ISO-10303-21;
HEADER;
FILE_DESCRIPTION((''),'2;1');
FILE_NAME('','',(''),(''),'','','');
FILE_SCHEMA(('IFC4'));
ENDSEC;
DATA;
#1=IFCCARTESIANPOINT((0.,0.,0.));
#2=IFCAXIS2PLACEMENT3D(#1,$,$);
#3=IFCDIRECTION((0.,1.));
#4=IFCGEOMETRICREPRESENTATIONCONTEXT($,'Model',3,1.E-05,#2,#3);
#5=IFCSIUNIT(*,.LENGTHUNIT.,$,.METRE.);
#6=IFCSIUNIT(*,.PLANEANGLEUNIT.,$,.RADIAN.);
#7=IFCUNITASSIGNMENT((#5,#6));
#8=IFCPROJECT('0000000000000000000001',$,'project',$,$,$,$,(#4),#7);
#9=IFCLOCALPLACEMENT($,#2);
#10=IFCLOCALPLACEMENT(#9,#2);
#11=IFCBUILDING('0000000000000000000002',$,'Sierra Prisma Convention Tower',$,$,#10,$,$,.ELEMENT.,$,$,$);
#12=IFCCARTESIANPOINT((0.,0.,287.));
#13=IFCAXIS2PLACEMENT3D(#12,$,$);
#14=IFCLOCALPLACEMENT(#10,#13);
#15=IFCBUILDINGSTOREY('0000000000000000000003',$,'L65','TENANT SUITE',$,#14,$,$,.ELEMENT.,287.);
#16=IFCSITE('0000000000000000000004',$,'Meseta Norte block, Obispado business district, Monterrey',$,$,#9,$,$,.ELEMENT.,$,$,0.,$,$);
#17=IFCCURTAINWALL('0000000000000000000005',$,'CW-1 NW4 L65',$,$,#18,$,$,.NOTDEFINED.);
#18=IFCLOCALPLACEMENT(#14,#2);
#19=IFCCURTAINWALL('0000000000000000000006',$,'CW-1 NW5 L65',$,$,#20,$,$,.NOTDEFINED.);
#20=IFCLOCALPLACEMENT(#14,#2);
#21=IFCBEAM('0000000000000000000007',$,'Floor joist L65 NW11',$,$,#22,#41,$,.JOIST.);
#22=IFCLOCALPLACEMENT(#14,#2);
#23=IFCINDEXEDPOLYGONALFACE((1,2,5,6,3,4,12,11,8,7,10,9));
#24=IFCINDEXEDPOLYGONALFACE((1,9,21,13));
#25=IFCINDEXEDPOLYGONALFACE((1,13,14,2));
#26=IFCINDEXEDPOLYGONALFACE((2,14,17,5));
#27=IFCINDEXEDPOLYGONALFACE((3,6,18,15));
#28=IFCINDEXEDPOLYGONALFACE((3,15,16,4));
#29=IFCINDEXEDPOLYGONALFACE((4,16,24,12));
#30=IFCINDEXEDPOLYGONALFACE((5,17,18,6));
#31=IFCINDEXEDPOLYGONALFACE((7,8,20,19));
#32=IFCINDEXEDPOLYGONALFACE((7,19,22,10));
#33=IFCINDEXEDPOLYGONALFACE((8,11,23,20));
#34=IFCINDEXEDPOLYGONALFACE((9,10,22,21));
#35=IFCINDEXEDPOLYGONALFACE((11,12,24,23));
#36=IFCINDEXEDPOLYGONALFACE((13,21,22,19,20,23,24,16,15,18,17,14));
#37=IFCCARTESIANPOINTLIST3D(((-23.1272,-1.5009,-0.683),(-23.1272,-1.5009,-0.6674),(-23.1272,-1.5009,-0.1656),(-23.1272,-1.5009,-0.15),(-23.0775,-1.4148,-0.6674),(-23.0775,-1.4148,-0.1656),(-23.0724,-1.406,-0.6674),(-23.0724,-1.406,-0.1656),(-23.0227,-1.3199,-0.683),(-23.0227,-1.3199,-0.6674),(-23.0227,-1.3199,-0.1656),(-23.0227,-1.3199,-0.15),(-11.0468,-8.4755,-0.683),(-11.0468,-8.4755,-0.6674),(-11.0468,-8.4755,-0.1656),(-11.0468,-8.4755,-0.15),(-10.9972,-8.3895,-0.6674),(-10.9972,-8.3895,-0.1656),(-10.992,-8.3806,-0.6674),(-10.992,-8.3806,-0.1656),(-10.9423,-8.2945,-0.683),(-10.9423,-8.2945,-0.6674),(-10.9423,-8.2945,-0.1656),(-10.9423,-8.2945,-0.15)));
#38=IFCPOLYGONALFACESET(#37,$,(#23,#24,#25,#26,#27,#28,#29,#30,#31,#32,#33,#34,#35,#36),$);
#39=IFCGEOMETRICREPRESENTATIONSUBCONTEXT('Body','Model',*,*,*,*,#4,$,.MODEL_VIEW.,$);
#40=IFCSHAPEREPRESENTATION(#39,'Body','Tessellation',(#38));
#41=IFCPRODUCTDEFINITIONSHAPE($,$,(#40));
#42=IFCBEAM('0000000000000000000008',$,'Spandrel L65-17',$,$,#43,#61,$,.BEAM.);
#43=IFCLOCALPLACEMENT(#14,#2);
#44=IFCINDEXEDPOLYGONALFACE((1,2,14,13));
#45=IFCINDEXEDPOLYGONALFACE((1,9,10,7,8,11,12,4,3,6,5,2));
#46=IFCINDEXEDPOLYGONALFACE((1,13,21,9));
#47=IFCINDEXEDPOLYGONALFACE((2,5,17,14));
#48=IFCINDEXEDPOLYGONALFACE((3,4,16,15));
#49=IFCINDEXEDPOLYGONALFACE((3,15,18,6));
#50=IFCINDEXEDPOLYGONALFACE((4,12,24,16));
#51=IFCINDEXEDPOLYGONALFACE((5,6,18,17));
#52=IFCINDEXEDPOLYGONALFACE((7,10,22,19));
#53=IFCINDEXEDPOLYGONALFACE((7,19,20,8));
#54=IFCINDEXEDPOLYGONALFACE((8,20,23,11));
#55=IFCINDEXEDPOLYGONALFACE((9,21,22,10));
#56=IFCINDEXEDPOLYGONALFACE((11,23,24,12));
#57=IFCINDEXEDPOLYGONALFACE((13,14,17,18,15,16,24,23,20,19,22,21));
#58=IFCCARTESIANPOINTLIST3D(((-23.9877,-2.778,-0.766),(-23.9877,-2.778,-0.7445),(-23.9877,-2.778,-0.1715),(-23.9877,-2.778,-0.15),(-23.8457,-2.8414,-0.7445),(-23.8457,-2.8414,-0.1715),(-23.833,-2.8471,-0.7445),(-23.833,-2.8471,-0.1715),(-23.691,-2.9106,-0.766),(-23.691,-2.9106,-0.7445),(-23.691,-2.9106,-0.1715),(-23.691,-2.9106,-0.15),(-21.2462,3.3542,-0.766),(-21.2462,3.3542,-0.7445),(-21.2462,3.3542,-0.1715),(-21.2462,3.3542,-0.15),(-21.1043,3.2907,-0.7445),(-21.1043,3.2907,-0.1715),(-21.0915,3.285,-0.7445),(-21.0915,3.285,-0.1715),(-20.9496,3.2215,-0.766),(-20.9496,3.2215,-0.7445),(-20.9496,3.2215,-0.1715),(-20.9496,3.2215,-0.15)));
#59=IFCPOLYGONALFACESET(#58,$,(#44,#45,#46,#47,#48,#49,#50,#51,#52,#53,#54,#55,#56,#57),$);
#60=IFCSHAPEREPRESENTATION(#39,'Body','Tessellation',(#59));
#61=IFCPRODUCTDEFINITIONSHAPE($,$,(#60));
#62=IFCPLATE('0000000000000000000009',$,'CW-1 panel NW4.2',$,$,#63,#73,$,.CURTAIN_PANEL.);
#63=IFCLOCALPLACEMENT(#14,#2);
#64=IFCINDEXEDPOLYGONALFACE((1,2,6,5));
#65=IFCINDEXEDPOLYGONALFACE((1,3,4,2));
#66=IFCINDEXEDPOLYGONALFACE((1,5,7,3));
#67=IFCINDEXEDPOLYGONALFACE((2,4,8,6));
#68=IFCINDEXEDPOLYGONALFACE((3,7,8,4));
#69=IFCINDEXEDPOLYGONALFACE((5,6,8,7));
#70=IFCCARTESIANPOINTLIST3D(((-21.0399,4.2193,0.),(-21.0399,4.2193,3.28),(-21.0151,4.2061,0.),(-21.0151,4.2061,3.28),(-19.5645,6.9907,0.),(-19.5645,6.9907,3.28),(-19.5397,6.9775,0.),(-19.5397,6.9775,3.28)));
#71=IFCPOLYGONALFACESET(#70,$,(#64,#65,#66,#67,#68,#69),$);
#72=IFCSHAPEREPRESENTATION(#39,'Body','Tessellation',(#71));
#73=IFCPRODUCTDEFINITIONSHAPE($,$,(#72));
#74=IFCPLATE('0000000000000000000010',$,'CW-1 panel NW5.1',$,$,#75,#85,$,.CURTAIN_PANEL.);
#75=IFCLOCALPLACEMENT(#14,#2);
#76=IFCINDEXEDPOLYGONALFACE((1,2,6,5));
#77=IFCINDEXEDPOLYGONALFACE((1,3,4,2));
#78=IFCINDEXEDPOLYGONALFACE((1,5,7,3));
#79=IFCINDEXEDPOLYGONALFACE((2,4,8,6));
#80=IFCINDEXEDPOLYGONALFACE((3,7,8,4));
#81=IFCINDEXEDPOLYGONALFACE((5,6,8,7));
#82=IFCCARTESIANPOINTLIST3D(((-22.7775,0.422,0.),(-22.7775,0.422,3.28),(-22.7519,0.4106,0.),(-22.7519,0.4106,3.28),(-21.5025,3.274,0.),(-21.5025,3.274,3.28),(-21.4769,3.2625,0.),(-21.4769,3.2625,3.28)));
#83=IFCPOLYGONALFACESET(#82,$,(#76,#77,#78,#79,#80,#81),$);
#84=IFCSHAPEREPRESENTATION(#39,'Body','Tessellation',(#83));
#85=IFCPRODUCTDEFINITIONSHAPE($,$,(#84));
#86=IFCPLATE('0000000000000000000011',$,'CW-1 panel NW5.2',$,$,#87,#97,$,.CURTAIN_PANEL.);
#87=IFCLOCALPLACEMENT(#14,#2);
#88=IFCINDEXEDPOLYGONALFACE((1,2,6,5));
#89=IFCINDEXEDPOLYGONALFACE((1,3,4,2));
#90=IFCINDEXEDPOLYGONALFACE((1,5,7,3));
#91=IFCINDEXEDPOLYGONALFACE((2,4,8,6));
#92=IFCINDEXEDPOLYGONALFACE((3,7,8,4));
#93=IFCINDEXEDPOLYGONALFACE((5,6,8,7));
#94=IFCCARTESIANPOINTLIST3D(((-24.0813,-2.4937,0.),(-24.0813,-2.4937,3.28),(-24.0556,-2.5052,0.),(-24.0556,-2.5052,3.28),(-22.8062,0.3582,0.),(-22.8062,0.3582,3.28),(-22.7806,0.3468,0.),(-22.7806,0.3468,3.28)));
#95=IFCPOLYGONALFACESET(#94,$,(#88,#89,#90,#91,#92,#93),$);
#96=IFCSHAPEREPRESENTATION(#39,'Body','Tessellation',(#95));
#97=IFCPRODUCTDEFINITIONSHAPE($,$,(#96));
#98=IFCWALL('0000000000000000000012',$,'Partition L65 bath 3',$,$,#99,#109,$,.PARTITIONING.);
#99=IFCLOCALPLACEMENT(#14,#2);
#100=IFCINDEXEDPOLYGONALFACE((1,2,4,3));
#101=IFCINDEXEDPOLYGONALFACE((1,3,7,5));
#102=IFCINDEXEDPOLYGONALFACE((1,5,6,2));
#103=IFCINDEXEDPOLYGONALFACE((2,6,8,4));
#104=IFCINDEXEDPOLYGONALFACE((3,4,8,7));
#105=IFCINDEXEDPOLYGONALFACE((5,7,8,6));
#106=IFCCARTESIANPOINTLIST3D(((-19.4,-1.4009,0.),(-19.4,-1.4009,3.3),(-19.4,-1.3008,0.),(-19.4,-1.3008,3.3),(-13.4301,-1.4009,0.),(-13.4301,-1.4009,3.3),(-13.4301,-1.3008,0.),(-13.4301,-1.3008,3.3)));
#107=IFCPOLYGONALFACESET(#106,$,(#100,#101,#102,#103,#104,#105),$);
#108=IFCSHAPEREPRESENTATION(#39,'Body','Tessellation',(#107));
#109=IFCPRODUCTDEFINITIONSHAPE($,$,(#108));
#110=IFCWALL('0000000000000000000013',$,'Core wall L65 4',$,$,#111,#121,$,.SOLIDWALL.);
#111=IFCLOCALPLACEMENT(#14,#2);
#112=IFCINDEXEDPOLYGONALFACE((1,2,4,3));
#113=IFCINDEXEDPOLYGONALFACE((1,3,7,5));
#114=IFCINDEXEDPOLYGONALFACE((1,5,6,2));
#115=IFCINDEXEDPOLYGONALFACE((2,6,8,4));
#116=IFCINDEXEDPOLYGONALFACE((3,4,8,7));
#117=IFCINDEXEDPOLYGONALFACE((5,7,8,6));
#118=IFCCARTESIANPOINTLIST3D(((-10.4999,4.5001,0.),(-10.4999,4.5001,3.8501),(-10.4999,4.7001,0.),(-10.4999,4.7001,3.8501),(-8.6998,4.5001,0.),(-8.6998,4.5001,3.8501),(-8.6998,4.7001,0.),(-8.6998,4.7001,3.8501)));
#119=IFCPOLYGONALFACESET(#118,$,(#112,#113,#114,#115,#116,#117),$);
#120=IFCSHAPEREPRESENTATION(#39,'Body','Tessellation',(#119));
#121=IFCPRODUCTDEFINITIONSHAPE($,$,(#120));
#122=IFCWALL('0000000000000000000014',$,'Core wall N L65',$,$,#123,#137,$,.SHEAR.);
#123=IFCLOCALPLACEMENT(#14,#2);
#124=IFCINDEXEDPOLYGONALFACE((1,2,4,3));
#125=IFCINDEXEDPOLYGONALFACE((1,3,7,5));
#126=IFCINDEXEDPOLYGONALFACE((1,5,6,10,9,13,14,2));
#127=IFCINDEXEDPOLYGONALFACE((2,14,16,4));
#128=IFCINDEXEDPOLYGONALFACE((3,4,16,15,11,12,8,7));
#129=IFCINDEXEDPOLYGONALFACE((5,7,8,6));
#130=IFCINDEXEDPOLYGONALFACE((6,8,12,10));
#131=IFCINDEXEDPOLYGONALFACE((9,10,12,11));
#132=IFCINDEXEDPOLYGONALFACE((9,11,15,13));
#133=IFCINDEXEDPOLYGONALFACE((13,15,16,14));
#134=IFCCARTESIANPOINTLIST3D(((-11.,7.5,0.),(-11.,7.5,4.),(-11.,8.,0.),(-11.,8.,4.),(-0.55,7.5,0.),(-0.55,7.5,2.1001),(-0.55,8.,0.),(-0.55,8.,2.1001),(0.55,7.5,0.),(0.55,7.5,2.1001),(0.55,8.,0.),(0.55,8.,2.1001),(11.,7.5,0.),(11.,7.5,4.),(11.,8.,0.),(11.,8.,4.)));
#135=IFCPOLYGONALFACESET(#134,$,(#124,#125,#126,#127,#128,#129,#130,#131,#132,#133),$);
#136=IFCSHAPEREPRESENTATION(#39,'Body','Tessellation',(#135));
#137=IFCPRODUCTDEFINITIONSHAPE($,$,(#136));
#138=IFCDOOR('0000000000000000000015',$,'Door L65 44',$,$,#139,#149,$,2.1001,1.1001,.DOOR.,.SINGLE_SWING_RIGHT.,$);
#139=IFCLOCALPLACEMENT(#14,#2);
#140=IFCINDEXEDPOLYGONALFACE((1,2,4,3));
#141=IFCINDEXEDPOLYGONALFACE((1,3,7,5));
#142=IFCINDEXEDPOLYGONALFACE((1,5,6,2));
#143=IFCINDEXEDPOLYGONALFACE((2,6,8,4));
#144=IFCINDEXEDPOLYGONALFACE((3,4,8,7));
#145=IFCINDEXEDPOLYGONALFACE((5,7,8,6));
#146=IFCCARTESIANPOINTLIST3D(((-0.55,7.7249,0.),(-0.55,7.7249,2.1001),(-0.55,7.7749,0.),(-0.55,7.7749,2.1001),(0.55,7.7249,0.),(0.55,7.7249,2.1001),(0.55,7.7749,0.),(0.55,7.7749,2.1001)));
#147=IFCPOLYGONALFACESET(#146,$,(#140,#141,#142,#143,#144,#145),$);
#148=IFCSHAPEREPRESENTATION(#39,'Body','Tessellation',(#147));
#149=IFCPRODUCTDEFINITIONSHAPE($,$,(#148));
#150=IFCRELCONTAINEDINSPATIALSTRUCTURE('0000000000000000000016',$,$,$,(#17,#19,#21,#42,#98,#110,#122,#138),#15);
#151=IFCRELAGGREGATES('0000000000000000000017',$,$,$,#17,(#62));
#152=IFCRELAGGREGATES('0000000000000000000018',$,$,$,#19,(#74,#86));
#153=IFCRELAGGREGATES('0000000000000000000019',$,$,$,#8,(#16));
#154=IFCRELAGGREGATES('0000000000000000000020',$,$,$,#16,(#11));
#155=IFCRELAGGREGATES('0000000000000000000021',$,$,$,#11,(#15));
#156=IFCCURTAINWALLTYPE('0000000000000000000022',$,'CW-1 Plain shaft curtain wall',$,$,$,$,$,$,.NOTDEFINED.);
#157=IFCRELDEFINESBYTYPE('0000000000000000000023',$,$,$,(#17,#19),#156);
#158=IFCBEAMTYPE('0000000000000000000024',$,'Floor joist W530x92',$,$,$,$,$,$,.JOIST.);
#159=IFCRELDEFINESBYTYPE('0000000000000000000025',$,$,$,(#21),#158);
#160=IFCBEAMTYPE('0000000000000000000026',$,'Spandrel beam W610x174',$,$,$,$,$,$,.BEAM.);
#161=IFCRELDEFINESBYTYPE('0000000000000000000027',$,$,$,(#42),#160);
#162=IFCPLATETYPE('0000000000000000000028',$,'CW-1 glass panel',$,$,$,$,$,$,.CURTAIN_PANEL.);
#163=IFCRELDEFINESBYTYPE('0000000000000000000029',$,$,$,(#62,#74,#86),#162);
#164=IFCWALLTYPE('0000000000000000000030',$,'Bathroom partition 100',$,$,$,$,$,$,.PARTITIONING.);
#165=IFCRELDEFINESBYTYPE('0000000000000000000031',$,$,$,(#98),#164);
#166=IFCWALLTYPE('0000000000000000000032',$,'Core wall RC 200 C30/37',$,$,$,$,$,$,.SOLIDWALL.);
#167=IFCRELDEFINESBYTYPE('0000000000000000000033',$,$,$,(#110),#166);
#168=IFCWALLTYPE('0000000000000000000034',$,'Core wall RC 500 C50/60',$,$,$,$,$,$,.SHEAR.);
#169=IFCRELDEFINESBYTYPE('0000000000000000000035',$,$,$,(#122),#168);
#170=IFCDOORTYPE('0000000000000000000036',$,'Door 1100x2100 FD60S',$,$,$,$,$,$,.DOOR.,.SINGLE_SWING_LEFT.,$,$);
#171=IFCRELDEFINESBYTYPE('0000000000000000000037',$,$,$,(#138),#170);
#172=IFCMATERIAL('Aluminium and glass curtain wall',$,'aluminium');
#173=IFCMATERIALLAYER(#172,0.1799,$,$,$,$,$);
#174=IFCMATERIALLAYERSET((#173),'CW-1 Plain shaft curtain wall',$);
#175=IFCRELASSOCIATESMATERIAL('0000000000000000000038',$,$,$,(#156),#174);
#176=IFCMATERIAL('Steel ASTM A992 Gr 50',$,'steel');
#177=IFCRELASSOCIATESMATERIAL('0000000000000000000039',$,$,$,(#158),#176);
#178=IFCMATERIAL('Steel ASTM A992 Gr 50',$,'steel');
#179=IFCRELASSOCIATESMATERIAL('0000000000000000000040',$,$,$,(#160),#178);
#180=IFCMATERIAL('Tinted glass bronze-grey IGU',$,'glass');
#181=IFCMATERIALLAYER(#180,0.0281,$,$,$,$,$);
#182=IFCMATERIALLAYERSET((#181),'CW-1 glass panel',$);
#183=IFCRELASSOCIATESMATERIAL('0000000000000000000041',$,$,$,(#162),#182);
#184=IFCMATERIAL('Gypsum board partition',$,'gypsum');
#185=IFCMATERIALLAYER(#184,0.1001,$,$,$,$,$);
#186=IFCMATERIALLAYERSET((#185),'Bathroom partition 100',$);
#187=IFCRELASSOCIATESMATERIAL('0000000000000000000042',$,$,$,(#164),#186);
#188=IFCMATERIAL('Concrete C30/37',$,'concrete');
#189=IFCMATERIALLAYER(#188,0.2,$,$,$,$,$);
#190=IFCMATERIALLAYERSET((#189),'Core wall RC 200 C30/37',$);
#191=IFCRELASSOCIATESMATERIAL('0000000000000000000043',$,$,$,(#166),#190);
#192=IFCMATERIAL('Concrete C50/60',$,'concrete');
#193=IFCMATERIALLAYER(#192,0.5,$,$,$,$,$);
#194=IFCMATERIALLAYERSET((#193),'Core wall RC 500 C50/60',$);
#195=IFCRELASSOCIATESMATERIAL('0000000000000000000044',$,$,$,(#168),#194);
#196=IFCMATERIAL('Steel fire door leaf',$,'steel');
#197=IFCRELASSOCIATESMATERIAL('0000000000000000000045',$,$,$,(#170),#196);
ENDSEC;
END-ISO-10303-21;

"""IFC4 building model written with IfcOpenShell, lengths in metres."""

from ifc_helpers import new_model, si_unit, direction, frame, frame_2d, origin, origin_2d, place, context, subcontext, project, spatial, rectangle, i_section, extrude, material, layer, layer_set, material_profile, profile_set, type_object, element, fill, aggregate, save


model = new_model("IFC4")

# Units and contexts
model_context = context("Model", 3, precision=1e-05, world=origin(), true_north=direction((0.0, 1.0)))
body_context = subcontext(model_context, "Body", "Model", "MODEL_VIEW")
ifc_project = project(units=[si_unit("LENGTHUNIT", "METRE"), si_unit("PLANEANGLEUNIT", "RADIAN")], contexts=[model_context])

# Site, building, storey
site_placement = place(None, origin())
site = spatial("IfcSite", under=ifc_project, at=site_placement, Name="Meseta Norte block, Obispado business district, Monterrey", CompositionType="ELEMENT", RefElevation=0.0)
building_placement = place(site_placement, origin())
building = spatial("IfcBuilding", under=site, at=building_placement, Name="Sierra Prisma Convention Tower", CompositionType="ELEMENT")
storey_placement = place(building_placement, frame((0.0, 0.0, 287.0)))
storey = spatial("IfcBuildingStorey", under=building, at=storey_placement, Name="L65", Description="TENANT SUITE", CompositionType="ELEMENT", Elevation=287.0)

# Curtain walls
ifc_material_1 = material(Name="Aluminium and glass curtain wall", Category="aluminium")
ifc_layer_1 = layer(ifc_material_1, 0.1799)
ifc_layer_set_1 = layer_set([ifc_layer_1], Name="CW-1 Plain shaft curtain wall")
curtain_wall_type = type_object("IfcCurtainWallType", Name="CW-1 Plain shaft curtain wall", PredefinedType="NOTDEFINED", material=ifc_layer_set_1)
curtain_wall_1_placement = place(storey_placement, origin())
curtain_wall_1 = element("IfcCurtainWall", 1, at=curtain_wall_1_placement, inside=storey, type_object=curtain_wall_type, Name="CW-1 NW4 L65", PredefinedType="NOTDEFINED")
curtain_wall_2_placement = place(storey_placement, origin())
curtain_wall_2 = element("IfcCurtainWall", 2, at=curtain_wall_2_placement, inside=storey, type_object=curtain_wall_type, Name="CW-1 NW5 L65", PredefinedType="NOTDEFINED")

# Beams
ifc_material_2 = material(Name="Steel ASTM A992 Gr 50", Category="steel")
ifc_material_profile_1 = material_profile(ifc_material_2, i_section(OverallWidth=0.209, OverallDepth=0.533, WebThickness=0.0103, FlangeThickness=0.0156, at=origin_2d()), Name="W530x92")
ifc_profile_set_1 = profile_set([ifc_material_profile_1], Name="Steel ASTM A992 Gr 50")
beam_type_1 = type_object("IfcBeamType", Name="Floor joist W530x92", PredefinedType="JOIST", material=ifc_profile_set_1)
beam_1_placement = place(storey_placement, frame((-23.075, -1.4104, -0.4165), z_axis=(0.866024, -0.500002, 0.0), x_axis=(0.500002, 0.866024, 0.0)))
element("IfcBeam", 3, at=beam_1_placement, inside=storey, type_object=beam_type_1, Name="Floor joist L65 NW11", PredefinedType="JOIST", context=body_context, shape_type="SweptSolid", body=[
    extrude(i_section(OverallWidth=0.209, OverallDepth=0.533, WebThickness=0.0103, FlangeThickness=0.0156, at=origin_2d()), origin(), (0.0, 0.0, 1.0), 13.9492),
])
ifc_material_3 = material(Name="Steel ASTM A992 Gr 50", Category="steel")
ifc_material_profile_2 = material_profile(ifc_material_3, i_section(OverallWidth=0.325, OverallDepth=0.616, WebThickness=0.0139, FlangeThickness=0.0215, at=origin_2d()), Name="W610x174")
ifc_profile_set_2 = profile_set([ifc_material_profile_2], Name="Steel ASTM A992 Gr 50")
beam_type_2 = type_object("IfcBeamType", Name="Spandrel beam W610x174", PredefinedType="BEAM", material=ifc_profile_set_2)
beam_2_placement = place(storey_placement, frame((-21.0979, 3.2878, -0.458), z_axis=(-0.408137, -0.912921, 0.0), x_axis=(0.912921, -0.408137, 0.0)))
element("IfcBeam", 4, at=beam_2_placement, inside=storey, type_object=beam_type_2, Name="Spandrel L65-17", PredefinedType="BEAM", context=body_context, shape_type="SweptSolid", body=[
    extrude(i_section(OverallWidth=0.325, OverallDepth=0.616, WebThickness=0.0139, FlangeThickness=0.0215, at=origin_2d()), origin(), (0.0, 0.0, 1.0), 6.717),
])

# Plates
ifc_material_4 = material(Name="Tinted glass bronze-grey IGU", Category="glass")
ifc_layer_2 = layer(ifc_material_4, 0.0281)
ifc_layer_set_2 = layer_set([ifc_layer_2], Name="CW-1 glass panel")
plate_type = type_object("IfcPlateType", Name="CW-1 glass panel", PredefinedType="CURTAIN_PANEL", material=ifc_layer_set_2)
plate_1_placement = place(storey_placement, frame((-20.2898, 5.5984, 0.0), z_axis=(0.0, 0.0, 1.0), x_axis=(-0.469925, -0.882706, 0.0)))
plate_1 = element("IfcPlate", 5, at=plate_1_placement, type_object=plate_type, Name="CW-1 panel NW4.2", PredefinedType="CURTAIN_PANEL", context=body_context, shape_type="SweptSolid", body=[
    extrude(rectangle(XDim=3.1396, YDim=0.0281, at=origin_2d()), origin(), (0.0, 0.0, 1.0), 3.28),
])
aggregate(curtain_wall_1, [plate_1])
plate_2_placement = place(storey_placement, frame((-22.1272, 1.8423, 0.0), z_axis=(0.0, 0.0, 1.0), x_axis=(-0.408145, -0.912917, 0.0)))
plate_2 = element("IfcPlate", 6, at=plate_2_placement, type_object=plate_type, Name="CW-1 panel NW5.1", PredefinedType="CURTAIN_PANEL", context=body_context, shape_type="SweptSolid", body=[
    extrude(rectangle(XDim=3.124, YDim=0.0281, at=origin_2d()), origin(), (0.0, 0.0, 1.0), 3.28),
])
plate_3_placement = place(storey_placement, frame((-23.4309, -1.0735, 0.0), z_axis=(0.0, 0.0, 1.0), x_axis=(-0.408145, -0.912917, 0.0)))
plate_3 = element("IfcPlate", 7, at=plate_3_placement, type_object=plate_type, Name="CW-1 panel NW5.2", PredefinedType="CURTAIN_PANEL", context=body_context, shape_type="SweptSolid", body=[
    extrude(rectangle(XDim=3.124, YDim=0.0281, at=origin_2d()), origin(), (0.0, 0.0, 1.0), 3.28),
])
aggregate(curtain_wall_2, [plate_2, plate_3])

# Wall
ifc_material_5 = material(Name="Gypsum board partition", Category="gypsum")
ifc_layer_3 = layer(ifc_material_5, 0.1001)
ifc_layer_set_3 = layer_set([ifc_layer_3], Name="Bathroom partition 100")
wall_type_1 = type_object("IfcWallType", Name="Bathroom partition 100", PredefinedType="PARTITIONING", material=ifc_layer_set_3)
wall_1_placement = place(storey_placement, frame((-19.3999, -1.3508, 0.0), z_axis=(0.0, 0.0, 1.0), x_axis=(1.0, 0.0, 0.0)))
element("IfcWall", 8, at=wall_1_placement, inside=storey, type_object=wall_type_1, Name="Partition L65 bath 3", PredefinedType="PARTITIONING", context=body_context, shape_type="SweptSolid", body=[
    extrude(rectangle(XDim=5.97, YDim=0.1001, at=frame_2d((2.9849, 0.0))), origin(), (0.0, 0.0, 1.0), 3.3),
])

# Shared definitions
ifc_material_6 = material(Name="Concrete C30/37", Category="concrete")
ifc_layer_4 = layer(ifc_material_6, 0.2)
ifc_layer_set_4 = layer_set([ifc_layer_4], Name="Core wall RC 200 C30/37")
wall_type_2 = type_object("IfcWallType", Name="Core wall RC 200 C30/37", PredefinedType="SOLIDWALL", material=ifc_layer_set_4)

# Wall
wall_2_placement = place(storey_placement, frame((-8.7, 4.6001, 0.0), z_axis=(0.0, 0.0, 1.0), x_axis=(-1.0, 0.0, 0.0)))
element("IfcWall", 9, at=wall_2_placement, inside=storey, type_object=wall_type_2, Name="Core wall L65 4", PredefinedType="SOLIDWALL", context=body_context, shape_type="SweptSolid", body=[
    extrude(rectangle(XDim=1.8, YDim=0.2, at=frame_2d((0.8999, 0.0))), origin(), (0.0, 0.0, 1.0), 3.8501),
])

# Wall, opening, door
ifc_material_7 = material(Name="Concrete C50/60", Category="concrete")
ifc_layer_5 = layer(ifc_material_7, 0.5)
ifc_layer_set_5 = layer_set([ifc_layer_5], Name="Core wall RC 500 C50/60")
wall_type_3 = type_object("IfcWallType", Name="Core wall RC 500 C50/60", PredefinedType="SHEAR", material=ifc_layer_set_5)
wall_3_placement = place(storey_placement, frame((-11.0, 7.75, 0.0), z_axis=(0.0, 0.0, 1.0), x_axis=(1.0, 0.0, 0.0)))
wall_3 = element("IfcWall", 10, at=wall_3_placement, inside=storey, type_object=wall_type_3, Name="Core wall N L65", PredefinedType="SHEAR", context=body_context, shape_type="SweptSolid", body=[
    extrude(rectangle(XDim=22.0, YDim=0.5, at=frame_2d((11.0, 0.0))), origin(), (0.0, 0.0, 1.0), 4.0),
])
opening_1_placement = place(wall_3_placement, frame((10.45, 0.0, 0.0)))
opening_1 = element("IfcOpeningElement", 11, at=opening_1_placement, cuts=wall_3, PredefinedType="OPENING", context=body_context, shape_type="SweptSolid", body=[
    extrude(rectangle(XDim=1.1001, YDim=2.1001, at=frame_2d((0.55, 1.05))), frame((0.0, 0.25, 0.0), z_axis=(0.0, -1.0, 0.0), x_axis=(1.0, 0.0, 0.0)), (0.0, 0.0, 1.0), 0.5),
])
ifc_material_8 = material(Name="Steel fire door leaf", Category="steel")
door_type_1 = type_object("IfcDoorType", Name="Door 1100x2100 FD60S", OperationType="SINGLE_SWING_LEFT", PredefinedType="DOOR", material=ifc_material_8)
door_1_placement = place(opening_1_placement, origin())
door_1 = element("IfcDoor", 12, at=door_1_placement, inside=storey, type_object=door_type_1, Name="Door L65 44", OperationType="SINGLE_SWING_RIGHT", OverallHeight=2.1001, OverallWidth=1.1001, PredefinedType="DOOR", context=body_context, shape_type="SweptSolid", body=[
    extrude(rectangle(XDim=1.1001, YDim=2.1001, at=frame_2d((0.55, 1.05))), frame((0.0, 0.0249, 0.0), z_axis=(0.0, -1.0, 0.0), x_axis=(1.0, 0.0, 0.0)), (0.0, 0.0, 1.0), 0.05),
])
fill(opening_1, door_1)

save(model, "model.ifc")
